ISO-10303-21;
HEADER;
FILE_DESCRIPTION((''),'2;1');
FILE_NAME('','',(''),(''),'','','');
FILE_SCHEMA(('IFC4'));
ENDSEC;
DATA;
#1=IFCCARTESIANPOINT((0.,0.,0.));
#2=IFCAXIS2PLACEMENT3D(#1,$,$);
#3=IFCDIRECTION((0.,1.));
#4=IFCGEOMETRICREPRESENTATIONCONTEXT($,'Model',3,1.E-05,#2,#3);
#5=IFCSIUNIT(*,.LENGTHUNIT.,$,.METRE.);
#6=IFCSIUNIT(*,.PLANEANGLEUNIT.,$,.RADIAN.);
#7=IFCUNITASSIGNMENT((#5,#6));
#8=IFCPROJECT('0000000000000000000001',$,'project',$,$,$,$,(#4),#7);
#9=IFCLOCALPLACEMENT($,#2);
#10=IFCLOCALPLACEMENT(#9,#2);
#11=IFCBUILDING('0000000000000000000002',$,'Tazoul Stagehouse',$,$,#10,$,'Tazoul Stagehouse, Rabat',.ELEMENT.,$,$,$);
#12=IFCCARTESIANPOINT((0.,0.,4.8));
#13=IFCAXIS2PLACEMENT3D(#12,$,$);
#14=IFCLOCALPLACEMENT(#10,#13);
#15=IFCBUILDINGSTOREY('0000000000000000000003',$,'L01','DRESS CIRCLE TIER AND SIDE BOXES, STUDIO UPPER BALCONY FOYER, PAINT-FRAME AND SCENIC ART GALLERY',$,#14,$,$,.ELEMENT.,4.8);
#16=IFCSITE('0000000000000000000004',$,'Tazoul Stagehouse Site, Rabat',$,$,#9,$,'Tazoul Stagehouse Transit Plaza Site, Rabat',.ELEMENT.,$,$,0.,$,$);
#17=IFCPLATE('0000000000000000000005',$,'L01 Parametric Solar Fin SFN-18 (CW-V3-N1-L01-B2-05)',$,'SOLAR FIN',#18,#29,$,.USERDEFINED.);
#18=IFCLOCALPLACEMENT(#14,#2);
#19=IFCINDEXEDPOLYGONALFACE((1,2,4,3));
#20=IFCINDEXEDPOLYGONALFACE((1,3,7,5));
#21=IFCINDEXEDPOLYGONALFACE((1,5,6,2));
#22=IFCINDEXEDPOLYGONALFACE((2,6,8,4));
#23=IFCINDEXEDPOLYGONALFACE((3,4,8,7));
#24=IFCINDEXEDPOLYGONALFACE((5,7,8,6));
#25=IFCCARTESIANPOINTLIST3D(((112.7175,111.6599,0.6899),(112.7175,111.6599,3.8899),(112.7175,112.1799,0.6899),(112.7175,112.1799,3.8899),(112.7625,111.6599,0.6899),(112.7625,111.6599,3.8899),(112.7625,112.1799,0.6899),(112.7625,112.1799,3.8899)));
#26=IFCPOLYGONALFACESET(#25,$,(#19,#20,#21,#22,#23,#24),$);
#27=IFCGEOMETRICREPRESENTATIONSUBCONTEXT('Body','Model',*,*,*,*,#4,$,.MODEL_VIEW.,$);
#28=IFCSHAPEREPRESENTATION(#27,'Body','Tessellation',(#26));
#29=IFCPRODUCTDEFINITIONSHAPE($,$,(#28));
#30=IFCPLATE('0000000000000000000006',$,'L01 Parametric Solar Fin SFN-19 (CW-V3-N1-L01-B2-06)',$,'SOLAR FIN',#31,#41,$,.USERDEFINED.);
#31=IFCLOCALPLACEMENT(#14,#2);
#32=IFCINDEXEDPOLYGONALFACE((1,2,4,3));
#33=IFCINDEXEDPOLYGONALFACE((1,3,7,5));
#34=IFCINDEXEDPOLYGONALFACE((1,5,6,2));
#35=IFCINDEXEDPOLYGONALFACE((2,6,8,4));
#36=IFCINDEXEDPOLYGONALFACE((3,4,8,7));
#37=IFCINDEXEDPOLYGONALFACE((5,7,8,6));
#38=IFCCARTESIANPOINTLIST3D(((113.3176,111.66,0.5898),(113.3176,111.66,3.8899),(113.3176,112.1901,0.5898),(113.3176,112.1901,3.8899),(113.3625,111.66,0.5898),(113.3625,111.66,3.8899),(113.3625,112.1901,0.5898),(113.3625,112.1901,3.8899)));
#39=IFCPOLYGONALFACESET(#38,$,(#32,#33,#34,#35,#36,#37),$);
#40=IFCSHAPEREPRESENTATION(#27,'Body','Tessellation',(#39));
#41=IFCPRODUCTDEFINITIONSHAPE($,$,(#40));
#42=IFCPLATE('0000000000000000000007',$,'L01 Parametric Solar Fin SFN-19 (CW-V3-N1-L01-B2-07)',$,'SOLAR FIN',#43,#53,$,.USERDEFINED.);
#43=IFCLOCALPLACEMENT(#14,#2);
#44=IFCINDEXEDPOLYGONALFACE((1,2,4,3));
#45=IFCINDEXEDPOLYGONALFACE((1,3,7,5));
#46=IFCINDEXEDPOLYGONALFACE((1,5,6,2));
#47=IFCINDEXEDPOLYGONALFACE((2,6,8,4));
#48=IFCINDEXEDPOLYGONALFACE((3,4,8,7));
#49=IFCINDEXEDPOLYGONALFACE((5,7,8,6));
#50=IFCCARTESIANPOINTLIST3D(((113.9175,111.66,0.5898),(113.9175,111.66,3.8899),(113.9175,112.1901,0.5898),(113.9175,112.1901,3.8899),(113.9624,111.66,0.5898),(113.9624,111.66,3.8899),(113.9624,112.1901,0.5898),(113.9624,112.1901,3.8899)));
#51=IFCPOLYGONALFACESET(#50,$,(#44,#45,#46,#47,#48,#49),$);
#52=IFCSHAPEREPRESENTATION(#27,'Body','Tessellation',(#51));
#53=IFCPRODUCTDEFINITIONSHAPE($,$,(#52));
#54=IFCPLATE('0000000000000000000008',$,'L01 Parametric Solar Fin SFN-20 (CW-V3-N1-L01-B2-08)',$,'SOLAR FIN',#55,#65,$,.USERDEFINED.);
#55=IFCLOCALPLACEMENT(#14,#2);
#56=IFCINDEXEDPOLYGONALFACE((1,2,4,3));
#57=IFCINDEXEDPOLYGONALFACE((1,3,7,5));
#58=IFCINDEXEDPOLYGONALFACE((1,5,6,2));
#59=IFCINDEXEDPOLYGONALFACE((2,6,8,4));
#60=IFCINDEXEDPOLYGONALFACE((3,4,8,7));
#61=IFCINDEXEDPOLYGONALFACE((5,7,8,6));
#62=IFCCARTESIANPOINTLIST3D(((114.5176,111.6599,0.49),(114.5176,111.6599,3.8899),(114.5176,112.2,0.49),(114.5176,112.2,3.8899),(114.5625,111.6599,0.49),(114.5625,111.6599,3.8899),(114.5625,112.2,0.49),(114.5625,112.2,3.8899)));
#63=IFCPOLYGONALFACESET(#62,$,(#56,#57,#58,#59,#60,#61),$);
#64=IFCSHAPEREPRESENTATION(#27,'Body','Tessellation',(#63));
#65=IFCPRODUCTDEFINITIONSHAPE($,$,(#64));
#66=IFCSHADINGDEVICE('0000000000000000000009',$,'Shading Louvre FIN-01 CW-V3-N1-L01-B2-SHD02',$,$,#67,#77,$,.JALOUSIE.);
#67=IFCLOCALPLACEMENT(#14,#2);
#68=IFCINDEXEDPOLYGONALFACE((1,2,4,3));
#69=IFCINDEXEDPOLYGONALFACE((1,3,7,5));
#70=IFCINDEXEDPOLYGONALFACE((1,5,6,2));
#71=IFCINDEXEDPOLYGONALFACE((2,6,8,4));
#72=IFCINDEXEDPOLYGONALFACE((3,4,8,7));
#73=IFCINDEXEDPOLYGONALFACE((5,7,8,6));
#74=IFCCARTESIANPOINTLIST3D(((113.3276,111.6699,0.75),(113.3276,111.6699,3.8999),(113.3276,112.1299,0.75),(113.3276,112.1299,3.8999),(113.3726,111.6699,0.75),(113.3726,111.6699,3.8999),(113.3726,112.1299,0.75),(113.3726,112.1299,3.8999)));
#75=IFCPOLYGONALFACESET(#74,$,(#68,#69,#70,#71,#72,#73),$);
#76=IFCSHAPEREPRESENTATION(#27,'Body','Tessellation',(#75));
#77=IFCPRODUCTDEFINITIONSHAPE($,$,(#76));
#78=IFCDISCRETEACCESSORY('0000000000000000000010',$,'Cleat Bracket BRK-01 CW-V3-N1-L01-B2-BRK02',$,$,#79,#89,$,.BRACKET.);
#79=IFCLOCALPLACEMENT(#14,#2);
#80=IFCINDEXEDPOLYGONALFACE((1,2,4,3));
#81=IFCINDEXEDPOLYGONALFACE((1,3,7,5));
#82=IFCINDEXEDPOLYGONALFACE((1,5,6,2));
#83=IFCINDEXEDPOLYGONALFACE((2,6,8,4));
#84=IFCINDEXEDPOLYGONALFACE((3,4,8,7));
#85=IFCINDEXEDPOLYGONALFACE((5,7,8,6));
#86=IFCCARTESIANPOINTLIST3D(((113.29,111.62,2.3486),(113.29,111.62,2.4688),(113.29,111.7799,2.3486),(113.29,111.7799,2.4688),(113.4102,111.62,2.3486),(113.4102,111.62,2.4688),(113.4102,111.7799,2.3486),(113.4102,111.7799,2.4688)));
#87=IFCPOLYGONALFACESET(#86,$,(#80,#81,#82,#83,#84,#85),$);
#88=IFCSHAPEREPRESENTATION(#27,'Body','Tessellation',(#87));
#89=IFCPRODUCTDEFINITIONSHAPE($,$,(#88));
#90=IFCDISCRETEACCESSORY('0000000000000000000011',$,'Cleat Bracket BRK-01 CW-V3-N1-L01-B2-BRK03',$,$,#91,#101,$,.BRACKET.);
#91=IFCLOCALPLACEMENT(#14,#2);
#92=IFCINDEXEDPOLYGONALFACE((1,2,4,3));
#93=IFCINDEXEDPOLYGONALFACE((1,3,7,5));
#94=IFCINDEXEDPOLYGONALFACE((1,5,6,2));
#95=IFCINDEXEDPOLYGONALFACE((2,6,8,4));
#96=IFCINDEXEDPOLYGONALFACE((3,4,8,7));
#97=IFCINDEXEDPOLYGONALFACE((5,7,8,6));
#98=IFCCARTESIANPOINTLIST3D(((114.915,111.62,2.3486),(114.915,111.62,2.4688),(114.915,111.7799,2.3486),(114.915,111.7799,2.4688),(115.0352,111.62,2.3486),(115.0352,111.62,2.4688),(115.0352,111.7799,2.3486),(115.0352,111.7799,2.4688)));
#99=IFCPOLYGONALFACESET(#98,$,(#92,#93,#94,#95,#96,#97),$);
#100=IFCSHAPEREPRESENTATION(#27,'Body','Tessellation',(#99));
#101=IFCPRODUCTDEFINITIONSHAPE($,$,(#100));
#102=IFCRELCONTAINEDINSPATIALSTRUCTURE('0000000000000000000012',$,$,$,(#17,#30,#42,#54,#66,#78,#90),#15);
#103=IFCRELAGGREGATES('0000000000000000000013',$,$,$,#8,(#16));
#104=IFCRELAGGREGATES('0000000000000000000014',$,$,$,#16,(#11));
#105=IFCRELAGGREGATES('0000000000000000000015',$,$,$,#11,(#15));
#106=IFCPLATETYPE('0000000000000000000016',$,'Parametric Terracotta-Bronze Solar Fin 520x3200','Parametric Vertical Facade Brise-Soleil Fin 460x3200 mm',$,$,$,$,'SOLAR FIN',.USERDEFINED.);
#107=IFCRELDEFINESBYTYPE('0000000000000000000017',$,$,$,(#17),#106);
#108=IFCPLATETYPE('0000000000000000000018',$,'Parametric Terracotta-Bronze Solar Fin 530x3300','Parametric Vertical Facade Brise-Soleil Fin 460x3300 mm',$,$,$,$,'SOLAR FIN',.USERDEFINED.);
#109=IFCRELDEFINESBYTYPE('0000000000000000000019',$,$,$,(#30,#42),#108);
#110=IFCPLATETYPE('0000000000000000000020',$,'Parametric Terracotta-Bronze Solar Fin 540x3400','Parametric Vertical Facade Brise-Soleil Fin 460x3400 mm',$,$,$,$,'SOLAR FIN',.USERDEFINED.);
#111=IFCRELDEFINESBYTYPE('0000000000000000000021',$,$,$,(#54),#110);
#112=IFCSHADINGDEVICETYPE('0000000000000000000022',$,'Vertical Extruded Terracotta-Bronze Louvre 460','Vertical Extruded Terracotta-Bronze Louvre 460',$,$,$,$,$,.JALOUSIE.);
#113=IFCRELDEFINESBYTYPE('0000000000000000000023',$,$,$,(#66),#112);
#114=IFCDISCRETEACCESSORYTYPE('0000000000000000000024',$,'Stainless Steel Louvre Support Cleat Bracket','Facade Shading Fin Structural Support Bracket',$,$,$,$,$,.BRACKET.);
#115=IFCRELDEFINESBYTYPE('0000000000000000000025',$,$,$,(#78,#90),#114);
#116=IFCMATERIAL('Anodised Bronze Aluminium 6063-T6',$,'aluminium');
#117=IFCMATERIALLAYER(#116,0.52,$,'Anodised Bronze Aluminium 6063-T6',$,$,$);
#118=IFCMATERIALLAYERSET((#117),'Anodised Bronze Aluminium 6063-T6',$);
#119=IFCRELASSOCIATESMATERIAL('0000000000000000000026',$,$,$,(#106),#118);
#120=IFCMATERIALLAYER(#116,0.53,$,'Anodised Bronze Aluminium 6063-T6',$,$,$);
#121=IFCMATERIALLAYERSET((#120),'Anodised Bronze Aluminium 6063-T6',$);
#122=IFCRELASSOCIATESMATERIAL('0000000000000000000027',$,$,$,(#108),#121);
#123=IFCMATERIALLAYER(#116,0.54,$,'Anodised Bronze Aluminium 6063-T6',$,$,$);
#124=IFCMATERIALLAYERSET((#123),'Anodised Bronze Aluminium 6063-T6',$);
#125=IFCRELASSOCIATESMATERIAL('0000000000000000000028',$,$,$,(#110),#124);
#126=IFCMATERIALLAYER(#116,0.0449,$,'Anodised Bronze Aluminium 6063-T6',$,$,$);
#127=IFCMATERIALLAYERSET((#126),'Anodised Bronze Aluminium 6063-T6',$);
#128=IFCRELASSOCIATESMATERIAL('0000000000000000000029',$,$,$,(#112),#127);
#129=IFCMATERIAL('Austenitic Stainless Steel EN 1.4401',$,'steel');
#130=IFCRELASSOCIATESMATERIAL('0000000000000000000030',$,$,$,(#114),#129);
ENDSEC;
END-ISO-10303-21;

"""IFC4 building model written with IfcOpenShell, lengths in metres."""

from ifc_helpers import new_model, si_unit, direction, frame, origin, origin_2d, place, context, subcontext, project, spatial, rectangle, extrude, material, layer, layer_set, type_object, element, save


model = new_model("IFC4")

# Units and contexts
model_context = context("Model", 3, precision=1e-05, world=origin(), true_north=direction((0.0, 1.0)))
body_context = subcontext(model_context, "Body", "Model", "MODEL_VIEW")
ifc_project = project(units=[si_unit("LENGTHUNIT", "METRE"), si_unit("PLANEANGLEUNIT", "RADIAN")], contexts=[model_context])

# Site, building, storey
site_placement = place(None, origin())
site = spatial("IfcSite", under=ifc_project, at=site_placement, Name="Tazoul Stagehouse Site, Rabat", LongName="Tazoul Stagehouse Transit Plaza Site, Rabat", CompositionType="ELEMENT", RefElevation=0.0)
building_placement = place(site_placement, origin())
building = spatial("IfcBuilding", under=site, at=building_placement, Name="Tazoul Stagehouse", LongName="Tazoul Stagehouse, Rabat", CompositionType="ELEMENT")
storey_placement = place(building_placement, frame((0.0, 0.0, 4.8)))
storey = spatial("IfcBuildingStorey", under=building, at=storey_placement, Name="L01", Description="DRESS CIRCLE TIER AND SIDE BOXES, STUDIO UPPER BALCONY FOYER, PAINT-FRAME AND SCENIC ART GALLERY", CompositionType="ELEMENT", Elevation=4.8)

# Plates
ifc_material_1 = material(Name="Anodised Bronze Aluminium 6063-T6", Category="aluminium")
ifc_layer_1 = layer(ifc_material_1, 0.52, Name="Anodised Bronze Aluminium 6063-T6")
ifc_layer_set_1 = layer_set([ifc_layer_1], Name="Anodised Bronze Aluminium 6063-T6")
plate_type_1 = type_object("IfcPlateType", Name="Parametric Terracotta-Bronze Solar Fin 520x3200", Description="Parametric Vertical Facade Brise-Soleil Fin 460x3200 mm", ElementType="SOLAR FIN", PredefinedType="USERDEFINED", material=ifc_layer_set_1)
plate_1_placement = place(storey_placement, frame((112.74, 111.9199, 0.6899), z_axis=(0.0, 0.0, 1.0), x_axis=(1.0, 0.0, 0.0)))
element("IfcPlate", 1, at=plate_1_placement, inside=storey, type_object=plate_type_1, Name="L01 Parametric Solar Fin SFN-18 (CW-V3-N1-L01-B2-05)", ObjectType="SOLAR FIN", PredefinedType="USERDEFINED", context=body_context, shape_type="SweptSolid", body=[
    extrude(rectangle(XDim=0.0449, YDim=0.52, at=origin_2d()), origin(), (0.0, 0.0, 1.0), 3.2),
])
ifc_layer_2 = layer(ifc_material_1, 0.53, Name="Anodised Bronze Aluminium 6063-T6")
ifc_layer_set_2 = layer_set([ifc_layer_2], Name="Anodised Bronze Aluminium 6063-T6")
plate_type_2 = type_object("IfcPlateType", Name="Parametric Terracotta-Bronze Solar Fin 530x3300", Description="Parametric Vertical Facade Brise-Soleil Fin 460x3300 mm", ElementType="SOLAR FIN", PredefinedType="USERDEFINED", material=ifc_layer_set_2)
for number, where, z_axis, x_axis, name in (
    (2, (113.3401, 111.925, 0.5898), (0.0, 0.0, 1.0), (1.0, 0.0, 0.0), "L01 Parametric Solar Fin SFN-19 (CW-V3-N1-L01-B2-06)"),
    (3, (113.9399, 111.925, 0.5898), (0.0, 0.0, 1.0), (1.0, 0.0, 0.0), "L01 Parametric Solar Fin SFN-19 (CW-V3-N1-L01-B2-07)"),
):
    element("IfcPlate", number, at=place(storey_placement, frame(where, z_axis=z_axis, x_axis=x_axis)), inside=storey, type_object=plate_type_2, Name=name, ObjectType="SOLAR FIN", PredefinedType="USERDEFINED", context=body_context, shape_type="SweptSolid", body=[
        extrude(rectangle(XDim=0.0449, YDim=0.53, at=origin_2d()), origin(), (0.0, 0.0, 1.0), 3.3),
    ])
ifc_layer_3 = layer(ifc_material_1, 0.54, Name="Anodised Bronze Aluminium 6063-T6")
ifc_layer_set_3 = layer_set([ifc_layer_3], Name="Anodised Bronze Aluminium 6063-T6")
plate_type_3 = type_object("IfcPlateType", Name="Parametric Terracotta-Bronze Solar Fin 540x3400", Description="Parametric Vertical Facade Brise-Soleil Fin 460x3400 mm", ElementType="SOLAR FIN", PredefinedType="USERDEFINED", material=ifc_layer_set_3)
plate_2_placement = place(storey_placement, frame((114.54, 111.9299, 0.49), z_axis=(0.0, 0.0, 1.0), x_axis=(1.0, 0.0, 0.0)))
element("IfcPlate", 4, at=plate_2_placement, inside=storey, type_object=plate_type_3, Name="L01 Parametric Solar Fin SFN-20 (CW-V3-N1-L01-B2-08)", ObjectType="SOLAR FIN", PredefinedType="USERDEFINED", context=body_context, shape_type="SweptSolid", body=[
    extrude(rectangle(XDim=0.0449, YDim=0.54, at=origin_2d()), origin(), (0.0, 0.0, 1.0), 3.3999),
])

# Shading device
ifc_layer_4 = layer(ifc_material_1, 0.0449, Name="Anodised Bronze Aluminium 6063-T6")
ifc_layer_set_4 = layer_set([ifc_layer_4], Name="Anodised Bronze Aluminium 6063-T6")
shading_device_type = type_object("IfcShadingDeviceType", Name="Vertical Extruded Terracotta-Bronze Louvre 460", Description="Vertical Extruded Terracotta-Bronze Louvre 460", PredefinedType="JALOUSIE", material=ifc_layer_set_4)
shading_device_placement = place(storey_placement, frame((113.3501, 111.8999, 0.75), z_axis=(0.0, 0.0, 1.0), x_axis=(1.0, 0.0, 0.0)))
element("IfcShadingDevice", 5, at=shading_device_placement, inside=storey, type_object=shading_device_type, Name="Shading Louvre FIN-01 CW-V3-N1-L01-B2-SHD02", PredefinedType="JALOUSIE", context=body_context, shape_type="SweptSolid", body=[
    extrude(rectangle(XDim=0.0449, YDim=0.46, at=origin_2d()), origin(), (0.0, 0.0, 1.0), 3.1499),
])

# Discrete accessories
ifc_material_2 = material(Name="Austenitic Stainless Steel EN 1.4401", Category="steel")
discrete_accessory_type = type_object("IfcDiscreteAccessoryType", Name="Stainless Steel Louvre Support Cleat Bracket", Description="Facade Shading Fin Structural Support Bracket", PredefinedType="BRACKET", material=ifc_material_2)
for number, where, z_axis, x_axis, name in (
    (6, (113.3501, 111.7, 2.3486), (0.0, 0.0, 1.0), (1.0, 0.0, 0.0), "Cleat Bracket BRK-01 CW-V3-N1-L01-B2-BRK02"),
    (7, (114.9751, 111.7, 2.3486), (0.0, 0.0, 1.0), (1.0, 0.0, 0.0), "Cleat Bracket BRK-01 CW-V3-N1-L01-B2-BRK03"),
):
    element("IfcDiscreteAccessory", number, at=place(storey_placement, frame(where, z_axis=z_axis, x_axis=x_axis)), inside=storey, type_object=discrete_accessory_type, Name=name, PredefinedType="BRACKET", context=body_context, shape_type="SweptSolid", body=[
        extrude(rectangle(XDim=0.1201, YDim=0.1599, at=origin_2d()), origin(), (0.0, 0.0, 1.0), 0.1201),
    ])

save(model, "model.ifc")
